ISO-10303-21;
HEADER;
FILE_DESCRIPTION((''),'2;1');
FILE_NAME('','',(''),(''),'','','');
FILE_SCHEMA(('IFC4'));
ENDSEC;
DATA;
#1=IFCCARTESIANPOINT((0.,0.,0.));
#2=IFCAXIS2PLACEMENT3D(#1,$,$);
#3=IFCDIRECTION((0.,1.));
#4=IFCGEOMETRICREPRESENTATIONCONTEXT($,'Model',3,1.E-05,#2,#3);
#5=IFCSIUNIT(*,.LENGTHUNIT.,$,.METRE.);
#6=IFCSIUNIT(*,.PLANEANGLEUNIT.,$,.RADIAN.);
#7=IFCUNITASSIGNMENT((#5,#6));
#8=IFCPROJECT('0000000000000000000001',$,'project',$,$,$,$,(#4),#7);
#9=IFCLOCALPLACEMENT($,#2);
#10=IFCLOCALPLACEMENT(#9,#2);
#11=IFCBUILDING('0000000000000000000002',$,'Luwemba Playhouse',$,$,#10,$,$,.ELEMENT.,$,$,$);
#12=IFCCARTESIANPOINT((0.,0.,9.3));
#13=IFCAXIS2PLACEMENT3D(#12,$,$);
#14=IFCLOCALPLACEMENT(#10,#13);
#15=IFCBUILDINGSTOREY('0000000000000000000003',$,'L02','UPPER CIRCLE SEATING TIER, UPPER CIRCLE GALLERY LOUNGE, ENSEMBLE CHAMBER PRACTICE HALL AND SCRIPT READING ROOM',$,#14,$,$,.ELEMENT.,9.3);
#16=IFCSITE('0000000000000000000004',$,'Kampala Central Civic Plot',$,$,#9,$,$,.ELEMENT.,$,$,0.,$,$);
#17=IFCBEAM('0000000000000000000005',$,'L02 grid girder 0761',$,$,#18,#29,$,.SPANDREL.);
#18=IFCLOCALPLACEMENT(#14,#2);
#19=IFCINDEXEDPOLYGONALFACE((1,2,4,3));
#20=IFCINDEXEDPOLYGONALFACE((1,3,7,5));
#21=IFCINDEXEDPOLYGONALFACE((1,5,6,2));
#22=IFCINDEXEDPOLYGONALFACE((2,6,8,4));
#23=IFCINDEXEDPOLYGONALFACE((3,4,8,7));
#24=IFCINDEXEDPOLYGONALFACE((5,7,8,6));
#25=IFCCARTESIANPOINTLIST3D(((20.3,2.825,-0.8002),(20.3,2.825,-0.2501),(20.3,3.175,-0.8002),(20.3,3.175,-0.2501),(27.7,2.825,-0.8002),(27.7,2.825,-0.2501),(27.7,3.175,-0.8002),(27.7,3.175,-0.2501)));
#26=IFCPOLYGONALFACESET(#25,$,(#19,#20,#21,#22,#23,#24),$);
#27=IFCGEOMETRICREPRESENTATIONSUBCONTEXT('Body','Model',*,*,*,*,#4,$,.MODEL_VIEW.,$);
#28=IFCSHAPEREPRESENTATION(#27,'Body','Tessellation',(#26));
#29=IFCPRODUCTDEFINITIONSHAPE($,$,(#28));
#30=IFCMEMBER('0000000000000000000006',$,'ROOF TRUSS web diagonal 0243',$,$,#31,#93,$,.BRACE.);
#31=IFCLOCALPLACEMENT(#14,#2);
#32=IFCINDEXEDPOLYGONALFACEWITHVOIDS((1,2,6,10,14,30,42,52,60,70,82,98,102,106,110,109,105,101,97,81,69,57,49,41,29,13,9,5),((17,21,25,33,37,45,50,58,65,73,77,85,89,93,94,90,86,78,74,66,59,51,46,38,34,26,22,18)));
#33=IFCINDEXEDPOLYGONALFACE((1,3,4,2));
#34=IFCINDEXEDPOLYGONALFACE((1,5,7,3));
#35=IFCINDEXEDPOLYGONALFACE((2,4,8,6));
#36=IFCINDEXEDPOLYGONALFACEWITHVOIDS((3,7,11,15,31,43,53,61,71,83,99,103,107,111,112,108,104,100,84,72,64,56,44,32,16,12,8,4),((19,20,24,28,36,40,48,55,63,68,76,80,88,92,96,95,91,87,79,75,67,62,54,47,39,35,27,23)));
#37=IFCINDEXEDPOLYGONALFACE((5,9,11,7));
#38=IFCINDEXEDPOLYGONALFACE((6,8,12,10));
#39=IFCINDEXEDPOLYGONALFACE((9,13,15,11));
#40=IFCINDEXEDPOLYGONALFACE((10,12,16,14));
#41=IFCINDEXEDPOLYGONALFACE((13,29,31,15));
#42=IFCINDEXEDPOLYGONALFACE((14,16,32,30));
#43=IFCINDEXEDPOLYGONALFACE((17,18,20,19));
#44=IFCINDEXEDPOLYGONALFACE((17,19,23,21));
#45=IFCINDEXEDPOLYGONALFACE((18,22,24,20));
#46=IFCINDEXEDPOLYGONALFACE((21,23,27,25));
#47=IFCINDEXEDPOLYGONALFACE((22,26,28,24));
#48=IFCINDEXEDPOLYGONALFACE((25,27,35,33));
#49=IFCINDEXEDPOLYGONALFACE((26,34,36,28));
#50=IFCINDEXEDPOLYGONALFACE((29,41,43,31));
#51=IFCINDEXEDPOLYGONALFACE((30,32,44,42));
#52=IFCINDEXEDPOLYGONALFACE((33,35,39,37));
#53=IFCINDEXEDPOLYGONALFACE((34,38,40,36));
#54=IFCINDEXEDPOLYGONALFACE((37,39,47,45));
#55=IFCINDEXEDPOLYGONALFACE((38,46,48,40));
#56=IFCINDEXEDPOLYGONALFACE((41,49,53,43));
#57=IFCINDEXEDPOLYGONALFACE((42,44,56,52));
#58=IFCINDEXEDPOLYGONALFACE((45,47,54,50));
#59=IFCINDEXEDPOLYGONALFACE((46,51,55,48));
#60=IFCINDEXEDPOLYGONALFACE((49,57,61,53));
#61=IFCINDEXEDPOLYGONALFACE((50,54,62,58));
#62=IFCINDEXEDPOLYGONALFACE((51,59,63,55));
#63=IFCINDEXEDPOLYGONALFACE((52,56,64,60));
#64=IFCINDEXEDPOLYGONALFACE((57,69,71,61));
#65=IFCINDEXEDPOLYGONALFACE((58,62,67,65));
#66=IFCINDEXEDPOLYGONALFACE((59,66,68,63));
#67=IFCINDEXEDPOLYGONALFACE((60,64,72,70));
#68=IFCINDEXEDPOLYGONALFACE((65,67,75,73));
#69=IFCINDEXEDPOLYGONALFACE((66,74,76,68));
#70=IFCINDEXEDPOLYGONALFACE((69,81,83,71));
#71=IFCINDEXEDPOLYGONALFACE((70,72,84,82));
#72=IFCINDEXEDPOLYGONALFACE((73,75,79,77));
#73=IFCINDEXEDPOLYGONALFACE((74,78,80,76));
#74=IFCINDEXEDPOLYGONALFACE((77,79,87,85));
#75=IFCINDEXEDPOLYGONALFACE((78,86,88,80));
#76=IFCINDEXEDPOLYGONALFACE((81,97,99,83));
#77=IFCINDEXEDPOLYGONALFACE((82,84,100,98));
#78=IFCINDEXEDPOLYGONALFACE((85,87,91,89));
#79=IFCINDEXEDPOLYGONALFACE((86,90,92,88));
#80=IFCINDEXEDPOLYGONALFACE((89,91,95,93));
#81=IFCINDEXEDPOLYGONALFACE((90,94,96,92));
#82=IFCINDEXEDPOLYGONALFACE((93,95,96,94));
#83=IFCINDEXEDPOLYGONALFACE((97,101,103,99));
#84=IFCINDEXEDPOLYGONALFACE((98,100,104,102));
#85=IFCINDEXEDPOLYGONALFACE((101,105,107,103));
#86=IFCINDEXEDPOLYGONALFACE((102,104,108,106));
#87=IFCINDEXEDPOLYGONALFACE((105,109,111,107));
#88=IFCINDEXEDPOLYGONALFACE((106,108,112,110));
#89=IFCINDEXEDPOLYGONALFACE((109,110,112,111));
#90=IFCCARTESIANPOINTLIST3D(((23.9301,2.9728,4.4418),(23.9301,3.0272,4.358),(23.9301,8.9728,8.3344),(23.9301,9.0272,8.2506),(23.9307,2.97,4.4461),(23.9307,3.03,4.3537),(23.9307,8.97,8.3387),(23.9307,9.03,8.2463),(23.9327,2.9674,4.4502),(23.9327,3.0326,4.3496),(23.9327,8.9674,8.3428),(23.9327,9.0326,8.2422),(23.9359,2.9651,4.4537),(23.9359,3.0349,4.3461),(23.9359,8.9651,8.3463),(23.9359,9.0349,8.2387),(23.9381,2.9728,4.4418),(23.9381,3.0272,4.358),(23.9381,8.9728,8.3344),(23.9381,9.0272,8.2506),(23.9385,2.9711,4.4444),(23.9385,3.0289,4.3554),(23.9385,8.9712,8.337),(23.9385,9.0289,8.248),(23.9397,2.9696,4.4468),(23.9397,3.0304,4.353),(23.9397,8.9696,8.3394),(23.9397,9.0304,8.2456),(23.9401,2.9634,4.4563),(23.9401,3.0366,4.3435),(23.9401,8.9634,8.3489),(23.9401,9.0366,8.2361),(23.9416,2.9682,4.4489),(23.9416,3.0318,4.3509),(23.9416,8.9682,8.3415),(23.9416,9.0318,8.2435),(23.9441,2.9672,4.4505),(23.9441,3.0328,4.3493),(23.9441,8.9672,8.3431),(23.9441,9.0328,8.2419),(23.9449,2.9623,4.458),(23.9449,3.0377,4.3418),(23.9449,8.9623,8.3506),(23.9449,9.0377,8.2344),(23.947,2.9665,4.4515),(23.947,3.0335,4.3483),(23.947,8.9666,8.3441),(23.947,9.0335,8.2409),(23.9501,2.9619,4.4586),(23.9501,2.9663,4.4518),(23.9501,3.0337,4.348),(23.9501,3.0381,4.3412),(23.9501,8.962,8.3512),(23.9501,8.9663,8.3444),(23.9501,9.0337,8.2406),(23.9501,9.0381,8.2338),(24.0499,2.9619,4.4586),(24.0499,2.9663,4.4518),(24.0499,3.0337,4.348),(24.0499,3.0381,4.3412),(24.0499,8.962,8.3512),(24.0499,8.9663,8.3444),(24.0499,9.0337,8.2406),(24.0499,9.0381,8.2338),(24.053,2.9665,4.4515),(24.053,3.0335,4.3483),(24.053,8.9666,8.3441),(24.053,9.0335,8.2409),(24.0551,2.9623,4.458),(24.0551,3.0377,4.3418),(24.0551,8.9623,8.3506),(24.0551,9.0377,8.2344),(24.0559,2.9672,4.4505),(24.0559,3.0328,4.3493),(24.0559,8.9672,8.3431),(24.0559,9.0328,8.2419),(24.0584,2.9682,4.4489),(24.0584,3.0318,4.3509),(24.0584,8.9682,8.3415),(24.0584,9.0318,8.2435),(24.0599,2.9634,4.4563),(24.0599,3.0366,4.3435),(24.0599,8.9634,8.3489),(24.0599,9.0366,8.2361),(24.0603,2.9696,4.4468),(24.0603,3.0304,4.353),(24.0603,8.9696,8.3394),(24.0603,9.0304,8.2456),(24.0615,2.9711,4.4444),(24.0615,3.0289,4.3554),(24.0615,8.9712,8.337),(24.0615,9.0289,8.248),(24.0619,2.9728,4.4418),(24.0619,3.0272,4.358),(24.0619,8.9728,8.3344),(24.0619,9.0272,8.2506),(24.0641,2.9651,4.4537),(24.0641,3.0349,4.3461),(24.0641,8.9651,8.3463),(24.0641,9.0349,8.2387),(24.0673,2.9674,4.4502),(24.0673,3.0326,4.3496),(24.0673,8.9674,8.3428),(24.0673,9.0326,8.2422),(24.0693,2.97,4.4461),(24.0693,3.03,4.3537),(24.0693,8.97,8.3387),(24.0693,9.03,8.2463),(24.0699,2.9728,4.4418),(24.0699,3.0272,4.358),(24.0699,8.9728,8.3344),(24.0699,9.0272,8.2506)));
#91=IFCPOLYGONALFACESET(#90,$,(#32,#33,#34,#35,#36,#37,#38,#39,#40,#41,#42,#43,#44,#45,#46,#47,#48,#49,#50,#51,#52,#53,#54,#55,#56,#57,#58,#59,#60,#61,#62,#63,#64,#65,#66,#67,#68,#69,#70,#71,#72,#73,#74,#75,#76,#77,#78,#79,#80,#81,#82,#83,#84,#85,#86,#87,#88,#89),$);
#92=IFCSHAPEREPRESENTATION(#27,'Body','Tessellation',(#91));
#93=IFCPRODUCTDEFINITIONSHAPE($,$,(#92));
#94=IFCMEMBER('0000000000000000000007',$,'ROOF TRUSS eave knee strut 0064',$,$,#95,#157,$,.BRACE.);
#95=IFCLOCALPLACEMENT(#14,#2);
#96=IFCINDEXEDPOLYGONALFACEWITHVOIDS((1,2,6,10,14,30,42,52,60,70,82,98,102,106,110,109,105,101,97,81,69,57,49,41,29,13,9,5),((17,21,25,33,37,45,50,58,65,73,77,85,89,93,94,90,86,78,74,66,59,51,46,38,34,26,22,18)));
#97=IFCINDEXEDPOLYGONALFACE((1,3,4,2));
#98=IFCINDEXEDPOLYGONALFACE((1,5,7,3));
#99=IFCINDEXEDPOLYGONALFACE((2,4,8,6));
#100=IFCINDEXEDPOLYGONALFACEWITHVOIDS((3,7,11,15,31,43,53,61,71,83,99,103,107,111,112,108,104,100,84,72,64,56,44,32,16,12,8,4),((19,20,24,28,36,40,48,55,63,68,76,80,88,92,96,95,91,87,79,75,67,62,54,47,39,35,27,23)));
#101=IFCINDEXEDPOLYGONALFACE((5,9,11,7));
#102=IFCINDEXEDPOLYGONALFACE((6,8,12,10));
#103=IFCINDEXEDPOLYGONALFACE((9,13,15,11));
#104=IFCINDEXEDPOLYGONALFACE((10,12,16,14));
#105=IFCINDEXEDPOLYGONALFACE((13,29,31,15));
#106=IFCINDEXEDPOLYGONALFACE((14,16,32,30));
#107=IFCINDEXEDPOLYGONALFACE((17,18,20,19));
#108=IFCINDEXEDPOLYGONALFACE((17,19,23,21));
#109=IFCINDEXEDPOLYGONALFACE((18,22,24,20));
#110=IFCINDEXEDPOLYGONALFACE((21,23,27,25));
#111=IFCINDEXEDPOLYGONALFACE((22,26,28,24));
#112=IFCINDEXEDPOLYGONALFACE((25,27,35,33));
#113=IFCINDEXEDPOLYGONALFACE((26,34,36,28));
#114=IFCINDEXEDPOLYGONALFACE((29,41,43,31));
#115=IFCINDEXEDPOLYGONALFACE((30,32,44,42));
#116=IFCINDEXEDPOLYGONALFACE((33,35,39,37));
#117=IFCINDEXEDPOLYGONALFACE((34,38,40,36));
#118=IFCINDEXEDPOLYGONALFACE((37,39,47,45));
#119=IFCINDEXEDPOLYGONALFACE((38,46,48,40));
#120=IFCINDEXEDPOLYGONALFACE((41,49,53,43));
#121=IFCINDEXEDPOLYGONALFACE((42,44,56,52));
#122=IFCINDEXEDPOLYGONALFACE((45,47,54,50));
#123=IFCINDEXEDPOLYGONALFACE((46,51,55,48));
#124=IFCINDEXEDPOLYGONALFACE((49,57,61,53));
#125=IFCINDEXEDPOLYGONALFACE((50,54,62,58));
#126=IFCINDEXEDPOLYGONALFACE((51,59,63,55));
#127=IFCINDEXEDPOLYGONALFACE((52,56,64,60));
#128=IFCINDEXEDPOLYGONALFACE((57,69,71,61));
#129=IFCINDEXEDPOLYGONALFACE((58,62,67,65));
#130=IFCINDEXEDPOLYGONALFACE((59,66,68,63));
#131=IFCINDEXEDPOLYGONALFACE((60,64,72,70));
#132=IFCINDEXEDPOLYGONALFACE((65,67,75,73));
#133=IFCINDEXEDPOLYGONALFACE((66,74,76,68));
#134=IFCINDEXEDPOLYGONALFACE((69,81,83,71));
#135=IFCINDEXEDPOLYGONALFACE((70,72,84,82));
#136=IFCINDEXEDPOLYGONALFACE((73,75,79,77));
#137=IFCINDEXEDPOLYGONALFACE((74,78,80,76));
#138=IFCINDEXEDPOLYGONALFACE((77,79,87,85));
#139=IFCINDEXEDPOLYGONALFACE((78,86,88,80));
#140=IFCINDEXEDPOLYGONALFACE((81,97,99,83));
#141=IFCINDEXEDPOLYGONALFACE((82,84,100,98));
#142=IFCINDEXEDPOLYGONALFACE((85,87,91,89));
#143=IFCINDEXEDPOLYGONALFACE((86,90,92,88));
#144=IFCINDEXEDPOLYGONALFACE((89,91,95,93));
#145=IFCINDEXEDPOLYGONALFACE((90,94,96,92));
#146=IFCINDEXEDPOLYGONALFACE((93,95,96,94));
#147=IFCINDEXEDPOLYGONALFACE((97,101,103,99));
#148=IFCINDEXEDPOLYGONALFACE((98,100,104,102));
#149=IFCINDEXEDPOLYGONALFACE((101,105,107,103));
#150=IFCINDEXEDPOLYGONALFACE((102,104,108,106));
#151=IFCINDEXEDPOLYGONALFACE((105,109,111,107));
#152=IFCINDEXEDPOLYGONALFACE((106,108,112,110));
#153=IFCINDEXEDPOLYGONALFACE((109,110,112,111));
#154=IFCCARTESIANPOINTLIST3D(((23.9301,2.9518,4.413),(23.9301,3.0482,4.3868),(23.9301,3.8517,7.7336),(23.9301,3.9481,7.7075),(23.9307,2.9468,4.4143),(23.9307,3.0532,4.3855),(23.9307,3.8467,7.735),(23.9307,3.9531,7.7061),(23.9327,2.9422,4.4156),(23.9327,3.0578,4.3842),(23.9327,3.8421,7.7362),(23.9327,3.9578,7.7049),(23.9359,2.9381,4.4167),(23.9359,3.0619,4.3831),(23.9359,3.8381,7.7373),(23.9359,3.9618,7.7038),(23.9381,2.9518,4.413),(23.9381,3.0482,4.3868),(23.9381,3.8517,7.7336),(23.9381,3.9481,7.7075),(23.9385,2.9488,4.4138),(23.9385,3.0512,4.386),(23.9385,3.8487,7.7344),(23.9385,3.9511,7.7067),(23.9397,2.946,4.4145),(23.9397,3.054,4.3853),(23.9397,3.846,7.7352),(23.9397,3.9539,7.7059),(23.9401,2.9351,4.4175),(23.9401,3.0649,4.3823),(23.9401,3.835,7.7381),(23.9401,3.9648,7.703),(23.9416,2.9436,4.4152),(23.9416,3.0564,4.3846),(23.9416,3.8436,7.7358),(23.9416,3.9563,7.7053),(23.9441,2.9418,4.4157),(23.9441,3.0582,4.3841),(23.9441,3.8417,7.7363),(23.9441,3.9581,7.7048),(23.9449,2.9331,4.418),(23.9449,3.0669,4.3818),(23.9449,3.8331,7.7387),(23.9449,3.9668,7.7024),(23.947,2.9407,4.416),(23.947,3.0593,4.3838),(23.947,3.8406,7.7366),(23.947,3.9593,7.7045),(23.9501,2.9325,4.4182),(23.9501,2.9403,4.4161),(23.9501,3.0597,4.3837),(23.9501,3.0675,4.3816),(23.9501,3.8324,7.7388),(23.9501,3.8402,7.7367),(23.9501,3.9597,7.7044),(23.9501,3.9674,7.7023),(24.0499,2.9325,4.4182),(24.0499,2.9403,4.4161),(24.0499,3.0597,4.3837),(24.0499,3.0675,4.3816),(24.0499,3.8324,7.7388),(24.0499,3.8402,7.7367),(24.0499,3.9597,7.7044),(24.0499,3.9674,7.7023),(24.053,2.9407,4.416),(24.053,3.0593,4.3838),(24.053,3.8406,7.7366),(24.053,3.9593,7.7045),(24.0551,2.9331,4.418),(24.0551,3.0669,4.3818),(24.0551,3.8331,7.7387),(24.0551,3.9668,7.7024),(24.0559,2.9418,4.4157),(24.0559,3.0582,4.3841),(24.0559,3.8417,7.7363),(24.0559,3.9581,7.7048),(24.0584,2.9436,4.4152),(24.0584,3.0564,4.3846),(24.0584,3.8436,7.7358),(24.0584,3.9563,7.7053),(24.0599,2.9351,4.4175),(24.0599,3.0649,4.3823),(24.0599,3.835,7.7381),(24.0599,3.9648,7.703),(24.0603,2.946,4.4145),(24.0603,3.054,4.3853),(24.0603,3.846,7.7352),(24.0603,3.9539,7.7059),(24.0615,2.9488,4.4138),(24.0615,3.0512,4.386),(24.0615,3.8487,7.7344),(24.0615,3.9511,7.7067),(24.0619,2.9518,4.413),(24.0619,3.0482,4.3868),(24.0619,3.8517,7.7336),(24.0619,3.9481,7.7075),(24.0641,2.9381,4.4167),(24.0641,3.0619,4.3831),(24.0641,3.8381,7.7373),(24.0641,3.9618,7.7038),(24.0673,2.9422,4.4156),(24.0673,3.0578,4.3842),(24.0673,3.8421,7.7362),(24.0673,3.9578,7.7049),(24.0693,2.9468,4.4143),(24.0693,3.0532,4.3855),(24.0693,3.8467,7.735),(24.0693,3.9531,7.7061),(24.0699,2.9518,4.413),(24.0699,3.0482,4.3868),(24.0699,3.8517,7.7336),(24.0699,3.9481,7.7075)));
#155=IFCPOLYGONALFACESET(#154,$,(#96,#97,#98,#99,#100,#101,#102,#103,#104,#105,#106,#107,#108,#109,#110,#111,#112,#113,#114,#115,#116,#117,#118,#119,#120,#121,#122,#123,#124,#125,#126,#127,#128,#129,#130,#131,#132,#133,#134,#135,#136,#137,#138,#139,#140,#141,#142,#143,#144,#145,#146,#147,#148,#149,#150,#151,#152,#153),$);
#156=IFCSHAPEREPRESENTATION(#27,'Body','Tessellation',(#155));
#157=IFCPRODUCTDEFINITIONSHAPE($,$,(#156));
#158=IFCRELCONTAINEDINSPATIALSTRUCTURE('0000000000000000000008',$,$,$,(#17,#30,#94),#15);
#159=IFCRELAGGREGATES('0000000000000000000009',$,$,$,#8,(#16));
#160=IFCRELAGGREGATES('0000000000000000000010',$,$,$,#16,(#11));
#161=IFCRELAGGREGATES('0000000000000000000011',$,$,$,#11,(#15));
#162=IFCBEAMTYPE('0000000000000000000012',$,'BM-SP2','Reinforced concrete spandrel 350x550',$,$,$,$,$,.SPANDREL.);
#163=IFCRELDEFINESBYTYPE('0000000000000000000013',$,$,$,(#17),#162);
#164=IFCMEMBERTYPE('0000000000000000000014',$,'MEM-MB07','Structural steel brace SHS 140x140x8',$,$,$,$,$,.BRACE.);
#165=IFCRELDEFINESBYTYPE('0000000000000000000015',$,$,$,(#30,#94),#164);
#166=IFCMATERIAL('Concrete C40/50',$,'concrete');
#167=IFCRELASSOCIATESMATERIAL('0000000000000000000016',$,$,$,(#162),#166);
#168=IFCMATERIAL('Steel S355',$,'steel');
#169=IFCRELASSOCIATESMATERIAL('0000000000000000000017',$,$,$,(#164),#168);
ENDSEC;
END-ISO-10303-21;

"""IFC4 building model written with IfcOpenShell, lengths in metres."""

from ifc_helpers import new_model, si_unit, direction, frame, origin, origin_2d, place, context, subcontext, project, spatial, rectangle, hollow_rectangle, extrude, material, material_profile, profile_set, type_object, element, save


model = new_model("IFC4")

# Units and contexts
model_context = context("Model", 3, precision=1e-05, world=origin(), true_north=direction((0.0, 1.0)))
body_context = subcontext(model_context, "Body", "Model", "MODEL_VIEW")
ifc_project = project(units=[si_unit("LENGTHUNIT", "METRE"), si_unit("PLANEANGLEUNIT", "RADIAN")], contexts=[model_context])

# Site, building, storey
site_placement = place(None, origin())
site = spatial("IfcSite", under=ifc_project, at=site_placement, Name="Kampala Central Civic Plot", CompositionType="ELEMENT", RefElevation=0.0)
building_placement = place(site_placement, origin())
building = spatial("IfcBuilding", under=site, at=building_placement, Name="Luwemba Playhouse", CompositionType="ELEMENT")
storey_placement = place(building_placement, frame((0.0, 0.0, 9.3)))
storey = spatial("IfcBuildingStorey", under=building, at=storey_placement, Name="L02", Description="UPPER CIRCLE SEATING TIER, UPPER CIRCLE GALLERY LOUNGE, ENSEMBLE CHAMBER PRACTICE HALL AND SCRIPT READING ROOM", CompositionType="ELEMENT", Elevation=9.3)

# Shared definitions
ifc_material_1 = material(Name="Concrete C40/50", Category="concrete")

# Beam
ifc_material_2 = material(Name="Steel S355", Category="steel")
ifc_material_profile_1 = material_profile(ifc_material_1, rectangle(XDim=0.3501, YDim=0.55, at=origin_2d()))
ifc_profile_set_1 = profile_set([ifc_material_profile_1], Name="Concrete C40/50")
beam_type_1 = type_object("IfcBeamType", Name="BM-SP2", Description="Reinforced concrete spandrel 350x550", PredefinedType="SPANDREL", material=ifc_profile_set_1)
beam_1_placement = place(storey_placement, frame((20.3, 3.0, -0.5251), z_axis=(1.0, 0.0, 0.0), x_axis=(0.0, 1.0, 0.0)))
element("IfcBeam", 1, at=beam_1_placement, inside=storey, type_object=beam_type_1, Name="L02 grid girder 0761", PredefinedType="SPANDREL", context=body_context, shape_type="SweptSolid", body=[
    extrude(rectangle(XDim=0.3501, YDim=0.55, at=origin_2d()), origin(), (0.0, 0.0, 1.0), 7.3999),
])

# Members
ifc_material_profile_2 = material_profile(ifc_material_2, hollow_rectangle(XDim=0.1399, YDim=0.1399, WallThickness=0.0081, InnerFilletRadius=0.012, OuterFilletRadius=0.02, at=origin_2d()))
ifc_profile_set_2 = profile_set([ifc_material_profile_2], Name="Steel S355")
member_type_1 = type_object("IfcMemberType", Name="MEM-MB07", Description="Structural steel brace SHS 140x140x8", PredefinedType="BRACE", material=ifc_profile_set_2)
member_1_placement = place(storey_placement, frame((24.0, 3.0, 4.3999), z_axis=(0.0, 0.838917, 0.544259), x_axis=(-1.0, 0.0, 0.0)))
element("IfcMember", 2, at=member_1_placement, inside=storey, type_object=member_type_1, Name="ROOF TRUSS web diagonal 0243", PredefinedType="BRACE", context=body_context, shape_type="SweptSolid", body=[
    extrude(hollow_rectangle(XDim=0.1399, YDim=0.1399, WallThickness=0.0081, InnerFilletRadius=0.012, OuterFilletRadius=0.02, at=origin_2d()), origin(), (0.0, 0.0, 1.0), 7.1521),
])
member_2_placement = place(storey_placement, frame((24.0, 3.0, 4.3999), z_axis=(0.0, 0.261574, 0.965183), x_axis=(-1.0, 0.0, 0.0)))
element("IfcMember", 3, at=member_2_placement, inside=storey, type_object=member_type_1, Name="ROOF TRUSS eave knee strut 0064", PredefinedType="BRACE", context=body_context, shape_type="SweptSolid", body=[
    extrude(hollow_rectangle(XDim=0.1399, YDim=0.1399, WallThickness=0.0081, InnerFilletRadius=0.012, OuterFilletRadius=0.02, at=origin_2d()), origin(), (0.0, 0.0, 1.0), 3.4404),
])

save(model, "model.ifc")
